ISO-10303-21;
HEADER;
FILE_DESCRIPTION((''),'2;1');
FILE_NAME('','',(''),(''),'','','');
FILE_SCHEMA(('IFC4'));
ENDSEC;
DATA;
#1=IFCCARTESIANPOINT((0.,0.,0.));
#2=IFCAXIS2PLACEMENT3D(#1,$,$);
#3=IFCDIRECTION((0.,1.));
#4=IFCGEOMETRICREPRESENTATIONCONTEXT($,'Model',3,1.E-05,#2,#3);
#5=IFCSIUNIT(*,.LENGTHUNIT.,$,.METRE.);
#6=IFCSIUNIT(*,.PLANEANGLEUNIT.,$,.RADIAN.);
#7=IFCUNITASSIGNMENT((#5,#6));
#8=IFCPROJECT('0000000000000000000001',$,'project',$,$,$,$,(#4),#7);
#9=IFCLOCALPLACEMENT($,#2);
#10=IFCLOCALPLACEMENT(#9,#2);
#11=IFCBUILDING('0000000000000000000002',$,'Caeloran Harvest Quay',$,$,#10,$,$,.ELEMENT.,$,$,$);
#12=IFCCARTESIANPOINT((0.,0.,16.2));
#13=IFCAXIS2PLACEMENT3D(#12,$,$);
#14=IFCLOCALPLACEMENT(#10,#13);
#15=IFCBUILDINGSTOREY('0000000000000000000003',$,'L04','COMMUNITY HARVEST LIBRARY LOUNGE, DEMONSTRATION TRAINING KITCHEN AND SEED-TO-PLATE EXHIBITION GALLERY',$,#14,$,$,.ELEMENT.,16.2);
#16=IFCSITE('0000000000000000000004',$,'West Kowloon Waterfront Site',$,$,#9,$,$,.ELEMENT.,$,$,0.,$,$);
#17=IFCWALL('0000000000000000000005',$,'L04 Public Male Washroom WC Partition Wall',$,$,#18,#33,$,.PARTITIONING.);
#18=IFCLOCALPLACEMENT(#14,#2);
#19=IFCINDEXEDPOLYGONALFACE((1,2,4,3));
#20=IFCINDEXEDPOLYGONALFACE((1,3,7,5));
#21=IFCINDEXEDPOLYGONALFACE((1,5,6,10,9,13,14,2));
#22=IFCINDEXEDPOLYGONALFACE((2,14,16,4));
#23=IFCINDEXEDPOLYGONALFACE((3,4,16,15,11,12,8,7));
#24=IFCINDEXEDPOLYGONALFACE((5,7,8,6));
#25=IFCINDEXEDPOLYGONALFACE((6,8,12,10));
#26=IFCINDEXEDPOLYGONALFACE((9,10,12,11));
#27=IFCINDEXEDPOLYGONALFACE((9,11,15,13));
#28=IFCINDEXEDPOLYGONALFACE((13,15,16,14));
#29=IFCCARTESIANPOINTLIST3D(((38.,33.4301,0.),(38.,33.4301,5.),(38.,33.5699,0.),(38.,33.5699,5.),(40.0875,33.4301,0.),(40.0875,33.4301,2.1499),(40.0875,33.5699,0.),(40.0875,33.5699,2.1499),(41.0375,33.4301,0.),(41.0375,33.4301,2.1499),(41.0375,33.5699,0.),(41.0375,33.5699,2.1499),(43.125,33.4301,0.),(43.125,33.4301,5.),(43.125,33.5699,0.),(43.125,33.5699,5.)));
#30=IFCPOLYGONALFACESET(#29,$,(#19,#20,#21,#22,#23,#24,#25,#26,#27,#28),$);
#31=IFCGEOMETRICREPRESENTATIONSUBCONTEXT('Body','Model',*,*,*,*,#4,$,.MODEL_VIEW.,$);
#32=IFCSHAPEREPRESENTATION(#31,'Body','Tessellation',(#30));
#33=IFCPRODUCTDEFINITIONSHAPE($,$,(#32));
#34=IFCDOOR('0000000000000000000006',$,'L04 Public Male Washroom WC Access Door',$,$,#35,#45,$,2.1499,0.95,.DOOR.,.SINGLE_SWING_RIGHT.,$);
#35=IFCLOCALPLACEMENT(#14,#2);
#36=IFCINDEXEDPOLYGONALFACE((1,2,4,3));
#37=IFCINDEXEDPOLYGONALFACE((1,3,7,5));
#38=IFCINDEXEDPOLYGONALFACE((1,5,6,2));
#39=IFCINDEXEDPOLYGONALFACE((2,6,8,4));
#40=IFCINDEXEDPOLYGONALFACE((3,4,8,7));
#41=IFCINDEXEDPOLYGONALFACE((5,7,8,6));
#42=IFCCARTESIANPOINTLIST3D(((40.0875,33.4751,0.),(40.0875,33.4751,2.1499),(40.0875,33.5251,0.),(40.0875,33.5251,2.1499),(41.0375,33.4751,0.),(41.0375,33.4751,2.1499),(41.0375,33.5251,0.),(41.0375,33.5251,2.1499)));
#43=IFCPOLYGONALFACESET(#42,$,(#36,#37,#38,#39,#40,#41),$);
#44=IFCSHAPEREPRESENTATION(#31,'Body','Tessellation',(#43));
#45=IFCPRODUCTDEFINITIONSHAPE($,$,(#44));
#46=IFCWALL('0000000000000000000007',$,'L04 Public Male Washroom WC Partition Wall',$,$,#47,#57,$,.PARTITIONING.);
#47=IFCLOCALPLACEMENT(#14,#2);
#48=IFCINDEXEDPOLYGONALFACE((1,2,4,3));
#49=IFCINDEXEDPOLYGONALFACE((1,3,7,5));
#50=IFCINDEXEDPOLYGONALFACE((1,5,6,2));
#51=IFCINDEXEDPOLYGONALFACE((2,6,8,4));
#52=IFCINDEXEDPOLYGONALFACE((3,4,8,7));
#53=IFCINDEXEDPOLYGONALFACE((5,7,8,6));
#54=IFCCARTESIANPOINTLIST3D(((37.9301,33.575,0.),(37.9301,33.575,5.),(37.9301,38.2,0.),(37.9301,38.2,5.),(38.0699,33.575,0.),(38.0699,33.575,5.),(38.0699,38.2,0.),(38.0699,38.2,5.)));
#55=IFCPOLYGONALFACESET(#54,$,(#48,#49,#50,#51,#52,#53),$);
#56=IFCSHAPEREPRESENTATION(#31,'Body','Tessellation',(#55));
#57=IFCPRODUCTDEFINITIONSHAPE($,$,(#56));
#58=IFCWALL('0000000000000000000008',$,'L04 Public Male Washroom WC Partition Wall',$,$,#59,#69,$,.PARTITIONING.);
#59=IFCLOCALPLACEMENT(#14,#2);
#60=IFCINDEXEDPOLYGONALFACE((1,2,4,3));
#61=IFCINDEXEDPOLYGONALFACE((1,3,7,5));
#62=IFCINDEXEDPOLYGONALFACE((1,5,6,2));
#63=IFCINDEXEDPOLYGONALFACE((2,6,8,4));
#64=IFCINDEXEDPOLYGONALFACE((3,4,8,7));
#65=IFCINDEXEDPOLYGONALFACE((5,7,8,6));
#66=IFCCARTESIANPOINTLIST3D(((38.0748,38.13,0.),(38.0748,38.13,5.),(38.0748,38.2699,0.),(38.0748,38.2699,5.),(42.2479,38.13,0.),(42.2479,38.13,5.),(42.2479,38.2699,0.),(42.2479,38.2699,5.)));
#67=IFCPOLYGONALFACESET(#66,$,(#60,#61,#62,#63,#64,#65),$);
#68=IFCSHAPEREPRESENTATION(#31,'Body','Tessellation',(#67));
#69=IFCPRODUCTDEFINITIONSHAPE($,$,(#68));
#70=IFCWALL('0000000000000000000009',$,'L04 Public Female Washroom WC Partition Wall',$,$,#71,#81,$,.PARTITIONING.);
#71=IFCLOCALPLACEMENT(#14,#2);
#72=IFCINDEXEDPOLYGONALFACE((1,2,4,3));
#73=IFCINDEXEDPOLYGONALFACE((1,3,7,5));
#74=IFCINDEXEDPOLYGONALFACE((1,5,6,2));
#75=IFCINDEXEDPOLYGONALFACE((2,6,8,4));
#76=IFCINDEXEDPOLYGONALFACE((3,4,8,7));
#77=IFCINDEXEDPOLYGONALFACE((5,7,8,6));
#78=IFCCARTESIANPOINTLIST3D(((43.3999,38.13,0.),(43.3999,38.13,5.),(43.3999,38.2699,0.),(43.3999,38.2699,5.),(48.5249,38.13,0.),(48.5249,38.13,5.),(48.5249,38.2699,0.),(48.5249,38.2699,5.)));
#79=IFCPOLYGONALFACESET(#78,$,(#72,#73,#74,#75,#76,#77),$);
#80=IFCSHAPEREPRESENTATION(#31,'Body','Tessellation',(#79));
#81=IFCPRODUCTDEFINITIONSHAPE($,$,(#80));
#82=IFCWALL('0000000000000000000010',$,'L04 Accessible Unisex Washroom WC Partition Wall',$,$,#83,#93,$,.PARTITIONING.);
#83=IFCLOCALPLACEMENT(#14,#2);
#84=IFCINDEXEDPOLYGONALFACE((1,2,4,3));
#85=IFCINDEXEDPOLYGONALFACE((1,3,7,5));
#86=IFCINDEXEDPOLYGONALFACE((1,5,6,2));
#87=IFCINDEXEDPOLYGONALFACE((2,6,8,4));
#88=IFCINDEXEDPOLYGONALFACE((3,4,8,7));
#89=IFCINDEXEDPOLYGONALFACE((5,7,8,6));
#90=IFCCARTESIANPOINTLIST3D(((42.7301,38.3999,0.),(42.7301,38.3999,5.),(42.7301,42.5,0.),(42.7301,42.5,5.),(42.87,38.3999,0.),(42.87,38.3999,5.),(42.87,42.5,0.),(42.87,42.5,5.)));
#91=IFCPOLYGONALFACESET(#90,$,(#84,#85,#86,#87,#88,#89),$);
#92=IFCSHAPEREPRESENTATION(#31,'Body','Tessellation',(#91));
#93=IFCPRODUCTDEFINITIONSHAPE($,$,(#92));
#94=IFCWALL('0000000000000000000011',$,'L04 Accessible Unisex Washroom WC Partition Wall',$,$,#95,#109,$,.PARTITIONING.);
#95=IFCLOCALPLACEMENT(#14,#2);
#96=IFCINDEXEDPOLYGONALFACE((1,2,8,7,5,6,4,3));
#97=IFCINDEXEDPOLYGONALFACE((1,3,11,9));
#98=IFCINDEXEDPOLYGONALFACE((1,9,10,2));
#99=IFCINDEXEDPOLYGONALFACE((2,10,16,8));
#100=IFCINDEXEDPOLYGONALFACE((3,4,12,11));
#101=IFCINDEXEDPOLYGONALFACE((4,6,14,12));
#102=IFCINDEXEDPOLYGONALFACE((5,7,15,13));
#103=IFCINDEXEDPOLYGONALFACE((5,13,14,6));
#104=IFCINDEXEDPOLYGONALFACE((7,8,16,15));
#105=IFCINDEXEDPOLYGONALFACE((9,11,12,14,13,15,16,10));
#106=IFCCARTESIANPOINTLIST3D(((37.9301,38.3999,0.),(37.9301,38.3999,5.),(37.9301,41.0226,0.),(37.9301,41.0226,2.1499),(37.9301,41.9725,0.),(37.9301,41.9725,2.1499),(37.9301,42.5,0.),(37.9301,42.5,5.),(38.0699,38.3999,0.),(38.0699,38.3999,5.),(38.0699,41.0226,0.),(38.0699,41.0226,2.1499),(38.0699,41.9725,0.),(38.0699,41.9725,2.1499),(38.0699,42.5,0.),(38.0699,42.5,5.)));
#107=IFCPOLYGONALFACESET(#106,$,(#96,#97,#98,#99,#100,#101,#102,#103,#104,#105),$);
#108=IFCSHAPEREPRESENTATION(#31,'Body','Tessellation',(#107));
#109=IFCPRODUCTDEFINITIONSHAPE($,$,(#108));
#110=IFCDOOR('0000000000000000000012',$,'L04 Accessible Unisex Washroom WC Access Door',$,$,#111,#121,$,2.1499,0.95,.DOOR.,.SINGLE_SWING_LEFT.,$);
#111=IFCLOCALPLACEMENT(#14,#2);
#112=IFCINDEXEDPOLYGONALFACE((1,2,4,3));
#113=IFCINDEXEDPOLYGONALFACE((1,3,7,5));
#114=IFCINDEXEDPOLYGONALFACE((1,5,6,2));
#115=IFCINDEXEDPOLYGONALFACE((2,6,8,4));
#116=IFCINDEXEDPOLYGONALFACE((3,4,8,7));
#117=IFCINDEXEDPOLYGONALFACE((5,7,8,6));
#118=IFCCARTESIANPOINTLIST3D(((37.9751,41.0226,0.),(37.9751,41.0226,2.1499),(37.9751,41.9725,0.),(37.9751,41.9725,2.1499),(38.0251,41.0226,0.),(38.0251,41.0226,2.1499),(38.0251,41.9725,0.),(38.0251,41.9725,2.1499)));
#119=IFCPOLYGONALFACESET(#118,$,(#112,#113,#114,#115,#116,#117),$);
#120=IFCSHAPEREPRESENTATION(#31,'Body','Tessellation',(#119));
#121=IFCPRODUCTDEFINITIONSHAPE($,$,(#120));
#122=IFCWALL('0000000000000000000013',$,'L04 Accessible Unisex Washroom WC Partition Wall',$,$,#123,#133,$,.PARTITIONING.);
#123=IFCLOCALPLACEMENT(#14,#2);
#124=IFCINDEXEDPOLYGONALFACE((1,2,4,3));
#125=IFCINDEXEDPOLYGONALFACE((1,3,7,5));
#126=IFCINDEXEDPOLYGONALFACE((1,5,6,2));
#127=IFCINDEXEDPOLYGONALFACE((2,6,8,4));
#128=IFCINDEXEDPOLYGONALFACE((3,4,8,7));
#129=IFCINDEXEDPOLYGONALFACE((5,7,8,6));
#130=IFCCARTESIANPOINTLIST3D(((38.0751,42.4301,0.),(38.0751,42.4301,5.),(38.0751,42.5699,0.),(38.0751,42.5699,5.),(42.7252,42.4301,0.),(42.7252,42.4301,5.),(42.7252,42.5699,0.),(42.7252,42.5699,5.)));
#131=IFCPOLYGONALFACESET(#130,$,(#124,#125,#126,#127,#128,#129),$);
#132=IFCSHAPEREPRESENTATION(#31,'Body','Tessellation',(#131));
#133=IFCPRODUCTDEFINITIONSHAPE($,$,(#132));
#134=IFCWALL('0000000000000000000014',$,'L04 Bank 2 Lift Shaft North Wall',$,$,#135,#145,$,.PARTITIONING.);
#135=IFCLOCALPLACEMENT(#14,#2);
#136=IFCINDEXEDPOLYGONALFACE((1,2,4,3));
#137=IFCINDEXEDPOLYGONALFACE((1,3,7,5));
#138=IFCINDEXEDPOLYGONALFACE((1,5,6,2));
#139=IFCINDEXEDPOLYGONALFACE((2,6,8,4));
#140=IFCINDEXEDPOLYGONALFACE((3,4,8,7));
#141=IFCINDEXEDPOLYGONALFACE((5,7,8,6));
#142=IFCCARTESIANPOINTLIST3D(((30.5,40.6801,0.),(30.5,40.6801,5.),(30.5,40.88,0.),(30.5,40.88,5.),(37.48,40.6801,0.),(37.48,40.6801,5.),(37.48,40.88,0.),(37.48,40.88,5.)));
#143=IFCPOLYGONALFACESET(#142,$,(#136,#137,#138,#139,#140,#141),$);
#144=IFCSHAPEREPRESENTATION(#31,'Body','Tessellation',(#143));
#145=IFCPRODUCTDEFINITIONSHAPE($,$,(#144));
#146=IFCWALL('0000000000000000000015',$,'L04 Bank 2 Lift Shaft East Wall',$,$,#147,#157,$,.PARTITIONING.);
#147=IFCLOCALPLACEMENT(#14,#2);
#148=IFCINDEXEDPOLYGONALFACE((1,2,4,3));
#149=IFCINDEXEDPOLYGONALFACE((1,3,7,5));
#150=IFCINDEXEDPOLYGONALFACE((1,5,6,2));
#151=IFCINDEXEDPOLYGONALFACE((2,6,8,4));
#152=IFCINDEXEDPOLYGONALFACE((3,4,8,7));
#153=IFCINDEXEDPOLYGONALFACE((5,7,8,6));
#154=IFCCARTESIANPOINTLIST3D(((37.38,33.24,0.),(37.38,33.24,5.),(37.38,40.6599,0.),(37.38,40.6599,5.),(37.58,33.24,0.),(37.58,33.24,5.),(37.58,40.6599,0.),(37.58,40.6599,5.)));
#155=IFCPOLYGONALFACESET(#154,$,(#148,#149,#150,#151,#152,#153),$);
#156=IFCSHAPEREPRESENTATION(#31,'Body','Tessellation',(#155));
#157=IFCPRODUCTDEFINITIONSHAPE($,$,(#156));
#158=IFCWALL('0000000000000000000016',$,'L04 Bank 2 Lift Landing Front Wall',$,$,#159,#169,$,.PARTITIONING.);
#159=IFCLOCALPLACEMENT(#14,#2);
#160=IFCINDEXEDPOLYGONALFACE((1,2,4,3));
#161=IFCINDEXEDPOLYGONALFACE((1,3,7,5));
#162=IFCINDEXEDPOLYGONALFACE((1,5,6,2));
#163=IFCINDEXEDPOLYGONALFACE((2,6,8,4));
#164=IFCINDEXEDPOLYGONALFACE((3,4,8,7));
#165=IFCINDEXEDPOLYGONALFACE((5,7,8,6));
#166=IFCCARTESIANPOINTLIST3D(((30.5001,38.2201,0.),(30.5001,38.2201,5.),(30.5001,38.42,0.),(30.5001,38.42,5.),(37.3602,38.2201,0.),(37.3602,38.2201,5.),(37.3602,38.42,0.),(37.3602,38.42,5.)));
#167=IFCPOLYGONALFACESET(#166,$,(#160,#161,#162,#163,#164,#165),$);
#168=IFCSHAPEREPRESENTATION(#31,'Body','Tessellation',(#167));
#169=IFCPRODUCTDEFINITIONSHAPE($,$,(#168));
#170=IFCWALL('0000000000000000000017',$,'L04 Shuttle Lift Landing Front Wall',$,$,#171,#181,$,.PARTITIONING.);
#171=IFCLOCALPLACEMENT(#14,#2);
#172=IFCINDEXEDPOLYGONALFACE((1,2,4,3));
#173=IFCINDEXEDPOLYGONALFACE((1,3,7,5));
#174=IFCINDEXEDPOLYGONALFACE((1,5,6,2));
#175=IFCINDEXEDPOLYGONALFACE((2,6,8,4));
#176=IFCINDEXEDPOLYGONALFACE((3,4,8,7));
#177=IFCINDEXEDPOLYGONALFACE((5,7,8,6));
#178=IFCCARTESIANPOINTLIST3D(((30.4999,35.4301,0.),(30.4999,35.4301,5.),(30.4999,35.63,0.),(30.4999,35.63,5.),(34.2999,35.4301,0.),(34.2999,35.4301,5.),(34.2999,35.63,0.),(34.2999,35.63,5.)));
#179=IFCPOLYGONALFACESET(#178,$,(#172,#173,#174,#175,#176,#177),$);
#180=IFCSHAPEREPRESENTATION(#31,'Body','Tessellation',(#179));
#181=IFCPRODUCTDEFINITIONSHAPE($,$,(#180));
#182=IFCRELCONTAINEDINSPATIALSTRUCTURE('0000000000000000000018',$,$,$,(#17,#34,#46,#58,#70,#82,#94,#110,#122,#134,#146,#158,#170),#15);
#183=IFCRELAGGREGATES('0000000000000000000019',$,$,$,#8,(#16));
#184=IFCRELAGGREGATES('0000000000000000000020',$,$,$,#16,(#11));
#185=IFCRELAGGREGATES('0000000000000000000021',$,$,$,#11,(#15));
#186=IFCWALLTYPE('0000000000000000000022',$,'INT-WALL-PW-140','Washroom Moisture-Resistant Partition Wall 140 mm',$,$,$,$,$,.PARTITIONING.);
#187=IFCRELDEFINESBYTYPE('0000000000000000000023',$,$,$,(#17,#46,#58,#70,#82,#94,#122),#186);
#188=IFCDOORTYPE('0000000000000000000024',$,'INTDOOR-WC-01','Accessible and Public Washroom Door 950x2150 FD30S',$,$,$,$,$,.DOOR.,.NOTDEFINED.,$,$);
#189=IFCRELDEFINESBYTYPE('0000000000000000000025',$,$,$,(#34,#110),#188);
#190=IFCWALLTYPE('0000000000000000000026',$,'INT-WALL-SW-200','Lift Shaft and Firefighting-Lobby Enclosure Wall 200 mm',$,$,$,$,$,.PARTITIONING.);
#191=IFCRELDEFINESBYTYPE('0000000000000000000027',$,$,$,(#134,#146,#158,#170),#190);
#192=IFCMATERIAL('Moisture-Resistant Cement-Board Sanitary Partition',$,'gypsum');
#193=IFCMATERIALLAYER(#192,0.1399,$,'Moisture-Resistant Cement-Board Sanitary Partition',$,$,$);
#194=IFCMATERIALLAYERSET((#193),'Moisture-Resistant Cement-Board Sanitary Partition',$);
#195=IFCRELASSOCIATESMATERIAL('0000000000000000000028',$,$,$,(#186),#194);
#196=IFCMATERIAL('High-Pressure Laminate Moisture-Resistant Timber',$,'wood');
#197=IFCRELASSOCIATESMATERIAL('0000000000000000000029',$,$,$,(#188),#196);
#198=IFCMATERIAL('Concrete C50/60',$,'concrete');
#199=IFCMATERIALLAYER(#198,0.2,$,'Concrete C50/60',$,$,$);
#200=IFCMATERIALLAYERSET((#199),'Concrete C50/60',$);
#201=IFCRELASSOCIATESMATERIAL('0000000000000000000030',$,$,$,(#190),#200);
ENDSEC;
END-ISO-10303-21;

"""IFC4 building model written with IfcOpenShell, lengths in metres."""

from ifc_helpers import new_model, si_unit, direction, frame, frame_2d, origin, place, context, subcontext, project, spatial, rectangle, extrude, material, layer, layer_set, type_object, element, fill, save


model = new_model("IFC4")

# Units and contexts
model_context = context("Model", 3, precision=1e-05, world=origin(), true_north=direction((0.0, 1.0)))
body_context = subcontext(model_context, "Body", "Model", "MODEL_VIEW")
ifc_project = project(units=[si_unit("LENGTHUNIT", "METRE"), si_unit("PLANEANGLEUNIT", "RADIAN")], contexts=[model_context])

# Site, building, storey
site_placement = place(None, origin())
site = spatial("IfcSite", under=ifc_project, at=site_placement, Name="West Kowloon Waterfront Site", CompositionType="ELEMENT", RefElevation=0.0)
building_placement = place(site_placement, origin())
building = spatial("IfcBuilding", under=site, at=building_placement, Name="Caeloran Harvest Quay", CompositionType="ELEMENT")
storey_placement = place(building_placement, frame((0.0, 0.0, 16.2)))
storey = spatial("IfcBuildingStorey", under=building, at=storey_placement, Name="L04", Description="COMMUNITY HARVEST LIBRARY LOUNGE, DEMONSTRATION TRAINING KITCHEN AND SEED-TO-PLATE EXHIBITION GALLERY", CompositionType="ELEMENT", Elevation=16.2)

# Shared definitions
ifc_material_1 = material(Name="Moisture-Resistant Cement-Board Sanitary Partition", Category="gypsum")
ifc_layer_1 = layer(ifc_material_1, 0.1399, Name="Moisture-Resistant Cement-Board Sanitary Partition")
ifc_layer_set_1 = layer_set([ifc_layer_1], Name="Moisture-Resistant Cement-Board Sanitary Partition")
wall_type_1 = type_object("IfcWallType", Name="INT-WALL-PW-140", Description="Washroom Moisture-Resistant Partition Wall 140 mm", PredefinedType="PARTITIONING", material=ifc_layer_set_1)

# Wall, opening, door
wall_1_placement = place(storey_placement, frame((43.125, 33.5, 0.0), z_axis=(0.0, 0.0, 1.0), x_axis=(-1.0, 0.0, 0.0)))
wall_1 = element("IfcWall", 1, at=wall_1_placement, inside=storey, type_object=wall_type_1, Name="L04 Public Male Washroom WC Partition Wall", PredefinedType="PARTITIONING", context=body_context, shape_type="SweptSolid", body=[
    extrude(rectangle(XDim=5.125, YDim=0.1399, at=frame_2d((2.5625, 0.0))), origin(), (0.0, 0.0, 1.0), 5.0),
])
opening_1_placement = place(wall_1_placement, frame((2.0874, 0.0, 0.0)))
opening_1 = element("IfcOpeningElement", 2, at=opening_1_placement, cuts=wall_1, PredefinedType="OPENING", context=body_context, shape_type="SweptSolid", body=[
    extrude(rectangle(XDim=0.95, YDim=2.1499, at=frame_2d((0.4751, 1.075))), frame((0.0, 0.0801, 0.0), z_axis=(0.0, -1.0, 0.0), x_axis=(1.0, 0.0, 0.0)), (0.0, 0.0, 1.0), 0.1599),
])
ifc_material_2 = material(Name="High-Pressure Laminate Moisture-Resistant Timber", Category="wood")
door_type = type_object("IfcDoorType", Name="INTDOOR-WC-01", Description="Accessible and Public Washroom Door 950x2150 FD30S", OperationType="NOTDEFINED", PredefinedType="DOOR", material=ifc_material_2)
door_1_placement = place(opening_1_placement, origin())
door_1 = element("IfcDoor", 3, at=door_1_placement, inside=storey, type_object=door_type, Name="L04 Public Male Washroom WC Access Door", OperationType="SINGLE_SWING_RIGHT", OverallHeight=2.1499, OverallWidth=0.95, PredefinedType="DOOR", context=body_context, shape_type="SweptSolid", body=[
    extrude(rectangle(XDim=0.95, YDim=2.1499, at=frame_2d((0.4751, 1.075))), frame((0.0, 0.0249, 0.0), z_axis=(0.0, -1.0, 0.0), x_axis=(1.0, 0.0, 0.0)), (0.0, 0.0, 1.0), 0.05),
])
fill(opening_1, door_1)

# Walls
wall_2_placement = place(storey_placement, frame((38.0, 33.575, 0.0), z_axis=(0.0, 0.0, 1.0), x_axis=(0.0, 1.0, 0.0)))
element("IfcWall", 4, at=wall_2_placement, inside=storey, type_object=wall_type_1, Name="L04 Public Male Washroom WC Partition Wall", PredefinedType="PARTITIONING", context=body_context, shape_type="SweptSolid", body=[
    extrude(rectangle(XDim=4.625, YDim=0.1399, at=frame_2d((2.3125, 0.0))), origin(), (0.0, 0.0, 1.0), 5.0),
])
wall_3_placement = place(storey_placement, frame((38.075, 38.2, 0.0), z_axis=(0.0, 0.0, 1.0), x_axis=(1.0, 0.0, 0.0)))
element("IfcWall", 5, at=wall_3_placement, inside=storey, type_object=wall_type_1, Name="L04 Public Male Washroom WC Partition Wall", PredefinedType="PARTITIONING", context=body_context, shape_type="SweptSolid", body=[
    extrude(rectangle(XDim=4.1731, YDim=0.1399, at=frame_2d((2.0864, 0.0))), origin(), (0.0, 0.0, 1.0), 5.0),
])
wall_4_placement = place(storey_placement, frame((43.3999, 38.2, 0.0), z_axis=(0.0, 0.0, 1.0), x_axis=(1.0, 0.0, 0.0)))
element("IfcWall", 6, at=wall_4_placement, inside=storey, type_object=wall_type_1, Name="L04 Public Female Washroom WC Partition Wall", PredefinedType="PARTITIONING", context=body_context, shape_type="SweptSolid", body=[
    extrude(rectangle(XDim=5.125, YDim=0.1399, at=frame_2d((2.5625, 0.0))), origin(), (0.0, 0.0, 1.0), 5.0),
])
wall_5_placement = place(storey_placement, frame((42.8, 42.5, 0.0), z_axis=(0.0, 0.0, 1.0), x_axis=(0.0, -1.0, 0.0)))
element("IfcWall", 7, at=wall_5_placement, inside=storey, type_object=wall_type_1, Name="L04 Accessible Unisex Washroom WC Partition Wall", PredefinedType="PARTITIONING", context=body_context, shape_type="SweptSolid", body=[
    extrude(rectangle(XDim=4.1001, YDim=0.1399, at=frame_2d((2.05, 0.0))), origin(), (0.0, 0.0, 1.0), 5.0),
])

# Wall, opening, door
wall_6_placement = place(storey_placement, frame((38.0, 38.3999, 0.0), z_axis=(0.0, 0.0, 1.0), x_axis=(0.0, 1.0, 0.0)))
wall_6 = element("IfcWall", 8, at=wall_6_placement, inside=storey, type_object=wall_type_1, Name="L04 Accessible Unisex Washroom WC Partition Wall", PredefinedType="PARTITIONING", context=body_context, shape_type="SweptSolid", body=[
    extrude(rectangle(XDim=4.1001, YDim=0.1399, at=frame_2d((2.05, 0.0))), origin(), (0.0, 0.0, 1.0), 5.0),
])
opening_2_placement = place(wall_6_placement, frame((2.6226, 0.0, 0.0)))
opening_2 = element("IfcOpeningElement", 9, at=opening_2_placement, cuts=wall_6, PredefinedType="OPENING", context=body_context, shape_type="SweptSolid", body=[
    extrude(rectangle(XDim=0.95, YDim=2.1499, at=frame_2d((0.4751, 1.075))), frame((0.0, 0.0801, 0.0), z_axis=(0.0, -1.0, 0.0), x_axis=(1.0, 0.0, 0.0)), (0.0, 0.0, 1.0), 0.1599),
])
door_2_placement = place(opening_2_placement, origin())
door_2 = element("IfcDoor", 10, at=door_2_placement, inside=storey, type_object=door_type, Name="L04 Accessible Unisex Washroom WC Access Door", OperationType="SINGLE_SWING_LEFT", OverallHeight=2.1499, OverallWidth=0.95, PredefinedType="DOOR", context=body_context, shape_type="SweptSolid", body=[
    extrude(rectangle(XDim=0.95, YDim=2.1499, at=frame_2d((0.4751, 1.075))), frame((0.0, 0.0249, 0.0), z_axis=(0.0, -1.0, 0.0), x_axis=(1.0, 0.0, 0.0)), (0.0, 0.0, 1.0), 0.05),
])
fill(opening_2, door_2)

# Walls
wall_7_placement = place(storey_placement, frame((38.075, 42.5, 0.0), z_axis=(0.0, 0.0, 1.0), x_axis=(1.0, 0.0, 0.0)))
element("IfcWall", 11, at=wall_7_placement, inside=storey, type_object=wall_type_1, Name="L04 Accessible Unisex Washroom WC Partition Wall", PredefinedType="PARTITIONING", context=body_context, shape_type="SweptSolid", body=[
    extrude(rectangle(XDim=4.6501, YDim=0.1399, at=frame_2d((2.3252, 0.0))), origin(), (0.0, 0.0, 1.0), 5.0),
])
ifc_material_3 = material(Name="Concrete C50/60", Category="concrete")
ifc_layer_2 = layer(ifc_material_3, 0.2, Name="Concrete C50/60")
ifc_layer_set_2 = layer_set([ifc_layer_2], Name="Concrete C50/60")
wall_type_2 = type_object("IfcWallType", Name="INT-WALL-SW-200", Description="Lift Shaft and Firefighting-Lobby Enclosure Wall 200 mm", PredefinedType="PARTITIONING", material=ifc_layer_set_2)
wall_8_placement = place(storey_placement, frame((30.5, 40.78, 0.0), z_axis=(0.0, 0.0, 1.0), x_axis=(1.0, 0.0, 0.0)))
element("IfcWall", 12, at=wall_8_placement, inside=storey, type_object=wall_type_2, Name="L04 Bank 2 Lift Shaft North Wall", PredefinedType="PARTITIONING", context=body_context, shape_type="SweptSolid", body=[
    extrude(rectangle(XDim=6.98, YDim=0.2, at=frame_2d((3.49, 0.0))), origin(), (0.0, 0.0, 1.0), 5.0),
])
wall_9_placement = place(storey_placement, frame((37.48, 33.24, 0.0), z_axis=(0.0, 0.0, 1.0), x_axis=(0.0, 1.0, 0.0)))
element("IfcWall", 13, at=wall_9_placement, inside=storey, type_object=wall_type_2, Name="L04 Bank 2 Lift Shaft East Wall", PredefinedType="PARTITIONING", context=body_context, shape_type="SweptSolid", body=[
    extrude(rectangle(XDim=7.4199, YDim=0.2, at=frame_2d((3.71, 0.0))), origin(), (0.0, 0.0, 1.0), 5.0),
])
wall_10_placement = place(storey_placement, frame((30.5, 38.3201, 0.0), z_axis=(0.0, 0.0, 1.0), x_axis=(1.0, 0.0, 0.0)))
element("IfcWall", 14, at=wall_10_placement, inside=storey, type_object=wall_type_2, Name="L04 Bank 2 Lift Landing Front Wall", PredefinedType="PARTITIONING", context=body_context, shape_type="SweptSolid", body=[
    extrude(rectangle(XDim=6.8601, YDim=0.2, at=frame_2d((3.4302, 0.0))), origin(), (0.0, 0.0, 1.0), 5.0),
])
wall_11_placement = place(storey_placement, frame((30.5, 35.53, 0.0), z_axis=(0.0, 0.0, 1.0), x_axis=(1.0, 0.0, 0.0)))
element("IfcWall", 15, at=wall_11_placement, inside=storey, type_object=wall_type_2, Name="L04 Shuttle Lift Landing Front Wall", PredefinedType="PARTITIONING", context=body_context, shape_type="SweptSolid", body=[
    extrude(rectangle(XDim=3.8, YDim=0.2, at=frame_2d((1.8999, 0.0))), origin(), (0.0, 0.0, 1.0), 5.0),
])

save(model, "model.ifc")
